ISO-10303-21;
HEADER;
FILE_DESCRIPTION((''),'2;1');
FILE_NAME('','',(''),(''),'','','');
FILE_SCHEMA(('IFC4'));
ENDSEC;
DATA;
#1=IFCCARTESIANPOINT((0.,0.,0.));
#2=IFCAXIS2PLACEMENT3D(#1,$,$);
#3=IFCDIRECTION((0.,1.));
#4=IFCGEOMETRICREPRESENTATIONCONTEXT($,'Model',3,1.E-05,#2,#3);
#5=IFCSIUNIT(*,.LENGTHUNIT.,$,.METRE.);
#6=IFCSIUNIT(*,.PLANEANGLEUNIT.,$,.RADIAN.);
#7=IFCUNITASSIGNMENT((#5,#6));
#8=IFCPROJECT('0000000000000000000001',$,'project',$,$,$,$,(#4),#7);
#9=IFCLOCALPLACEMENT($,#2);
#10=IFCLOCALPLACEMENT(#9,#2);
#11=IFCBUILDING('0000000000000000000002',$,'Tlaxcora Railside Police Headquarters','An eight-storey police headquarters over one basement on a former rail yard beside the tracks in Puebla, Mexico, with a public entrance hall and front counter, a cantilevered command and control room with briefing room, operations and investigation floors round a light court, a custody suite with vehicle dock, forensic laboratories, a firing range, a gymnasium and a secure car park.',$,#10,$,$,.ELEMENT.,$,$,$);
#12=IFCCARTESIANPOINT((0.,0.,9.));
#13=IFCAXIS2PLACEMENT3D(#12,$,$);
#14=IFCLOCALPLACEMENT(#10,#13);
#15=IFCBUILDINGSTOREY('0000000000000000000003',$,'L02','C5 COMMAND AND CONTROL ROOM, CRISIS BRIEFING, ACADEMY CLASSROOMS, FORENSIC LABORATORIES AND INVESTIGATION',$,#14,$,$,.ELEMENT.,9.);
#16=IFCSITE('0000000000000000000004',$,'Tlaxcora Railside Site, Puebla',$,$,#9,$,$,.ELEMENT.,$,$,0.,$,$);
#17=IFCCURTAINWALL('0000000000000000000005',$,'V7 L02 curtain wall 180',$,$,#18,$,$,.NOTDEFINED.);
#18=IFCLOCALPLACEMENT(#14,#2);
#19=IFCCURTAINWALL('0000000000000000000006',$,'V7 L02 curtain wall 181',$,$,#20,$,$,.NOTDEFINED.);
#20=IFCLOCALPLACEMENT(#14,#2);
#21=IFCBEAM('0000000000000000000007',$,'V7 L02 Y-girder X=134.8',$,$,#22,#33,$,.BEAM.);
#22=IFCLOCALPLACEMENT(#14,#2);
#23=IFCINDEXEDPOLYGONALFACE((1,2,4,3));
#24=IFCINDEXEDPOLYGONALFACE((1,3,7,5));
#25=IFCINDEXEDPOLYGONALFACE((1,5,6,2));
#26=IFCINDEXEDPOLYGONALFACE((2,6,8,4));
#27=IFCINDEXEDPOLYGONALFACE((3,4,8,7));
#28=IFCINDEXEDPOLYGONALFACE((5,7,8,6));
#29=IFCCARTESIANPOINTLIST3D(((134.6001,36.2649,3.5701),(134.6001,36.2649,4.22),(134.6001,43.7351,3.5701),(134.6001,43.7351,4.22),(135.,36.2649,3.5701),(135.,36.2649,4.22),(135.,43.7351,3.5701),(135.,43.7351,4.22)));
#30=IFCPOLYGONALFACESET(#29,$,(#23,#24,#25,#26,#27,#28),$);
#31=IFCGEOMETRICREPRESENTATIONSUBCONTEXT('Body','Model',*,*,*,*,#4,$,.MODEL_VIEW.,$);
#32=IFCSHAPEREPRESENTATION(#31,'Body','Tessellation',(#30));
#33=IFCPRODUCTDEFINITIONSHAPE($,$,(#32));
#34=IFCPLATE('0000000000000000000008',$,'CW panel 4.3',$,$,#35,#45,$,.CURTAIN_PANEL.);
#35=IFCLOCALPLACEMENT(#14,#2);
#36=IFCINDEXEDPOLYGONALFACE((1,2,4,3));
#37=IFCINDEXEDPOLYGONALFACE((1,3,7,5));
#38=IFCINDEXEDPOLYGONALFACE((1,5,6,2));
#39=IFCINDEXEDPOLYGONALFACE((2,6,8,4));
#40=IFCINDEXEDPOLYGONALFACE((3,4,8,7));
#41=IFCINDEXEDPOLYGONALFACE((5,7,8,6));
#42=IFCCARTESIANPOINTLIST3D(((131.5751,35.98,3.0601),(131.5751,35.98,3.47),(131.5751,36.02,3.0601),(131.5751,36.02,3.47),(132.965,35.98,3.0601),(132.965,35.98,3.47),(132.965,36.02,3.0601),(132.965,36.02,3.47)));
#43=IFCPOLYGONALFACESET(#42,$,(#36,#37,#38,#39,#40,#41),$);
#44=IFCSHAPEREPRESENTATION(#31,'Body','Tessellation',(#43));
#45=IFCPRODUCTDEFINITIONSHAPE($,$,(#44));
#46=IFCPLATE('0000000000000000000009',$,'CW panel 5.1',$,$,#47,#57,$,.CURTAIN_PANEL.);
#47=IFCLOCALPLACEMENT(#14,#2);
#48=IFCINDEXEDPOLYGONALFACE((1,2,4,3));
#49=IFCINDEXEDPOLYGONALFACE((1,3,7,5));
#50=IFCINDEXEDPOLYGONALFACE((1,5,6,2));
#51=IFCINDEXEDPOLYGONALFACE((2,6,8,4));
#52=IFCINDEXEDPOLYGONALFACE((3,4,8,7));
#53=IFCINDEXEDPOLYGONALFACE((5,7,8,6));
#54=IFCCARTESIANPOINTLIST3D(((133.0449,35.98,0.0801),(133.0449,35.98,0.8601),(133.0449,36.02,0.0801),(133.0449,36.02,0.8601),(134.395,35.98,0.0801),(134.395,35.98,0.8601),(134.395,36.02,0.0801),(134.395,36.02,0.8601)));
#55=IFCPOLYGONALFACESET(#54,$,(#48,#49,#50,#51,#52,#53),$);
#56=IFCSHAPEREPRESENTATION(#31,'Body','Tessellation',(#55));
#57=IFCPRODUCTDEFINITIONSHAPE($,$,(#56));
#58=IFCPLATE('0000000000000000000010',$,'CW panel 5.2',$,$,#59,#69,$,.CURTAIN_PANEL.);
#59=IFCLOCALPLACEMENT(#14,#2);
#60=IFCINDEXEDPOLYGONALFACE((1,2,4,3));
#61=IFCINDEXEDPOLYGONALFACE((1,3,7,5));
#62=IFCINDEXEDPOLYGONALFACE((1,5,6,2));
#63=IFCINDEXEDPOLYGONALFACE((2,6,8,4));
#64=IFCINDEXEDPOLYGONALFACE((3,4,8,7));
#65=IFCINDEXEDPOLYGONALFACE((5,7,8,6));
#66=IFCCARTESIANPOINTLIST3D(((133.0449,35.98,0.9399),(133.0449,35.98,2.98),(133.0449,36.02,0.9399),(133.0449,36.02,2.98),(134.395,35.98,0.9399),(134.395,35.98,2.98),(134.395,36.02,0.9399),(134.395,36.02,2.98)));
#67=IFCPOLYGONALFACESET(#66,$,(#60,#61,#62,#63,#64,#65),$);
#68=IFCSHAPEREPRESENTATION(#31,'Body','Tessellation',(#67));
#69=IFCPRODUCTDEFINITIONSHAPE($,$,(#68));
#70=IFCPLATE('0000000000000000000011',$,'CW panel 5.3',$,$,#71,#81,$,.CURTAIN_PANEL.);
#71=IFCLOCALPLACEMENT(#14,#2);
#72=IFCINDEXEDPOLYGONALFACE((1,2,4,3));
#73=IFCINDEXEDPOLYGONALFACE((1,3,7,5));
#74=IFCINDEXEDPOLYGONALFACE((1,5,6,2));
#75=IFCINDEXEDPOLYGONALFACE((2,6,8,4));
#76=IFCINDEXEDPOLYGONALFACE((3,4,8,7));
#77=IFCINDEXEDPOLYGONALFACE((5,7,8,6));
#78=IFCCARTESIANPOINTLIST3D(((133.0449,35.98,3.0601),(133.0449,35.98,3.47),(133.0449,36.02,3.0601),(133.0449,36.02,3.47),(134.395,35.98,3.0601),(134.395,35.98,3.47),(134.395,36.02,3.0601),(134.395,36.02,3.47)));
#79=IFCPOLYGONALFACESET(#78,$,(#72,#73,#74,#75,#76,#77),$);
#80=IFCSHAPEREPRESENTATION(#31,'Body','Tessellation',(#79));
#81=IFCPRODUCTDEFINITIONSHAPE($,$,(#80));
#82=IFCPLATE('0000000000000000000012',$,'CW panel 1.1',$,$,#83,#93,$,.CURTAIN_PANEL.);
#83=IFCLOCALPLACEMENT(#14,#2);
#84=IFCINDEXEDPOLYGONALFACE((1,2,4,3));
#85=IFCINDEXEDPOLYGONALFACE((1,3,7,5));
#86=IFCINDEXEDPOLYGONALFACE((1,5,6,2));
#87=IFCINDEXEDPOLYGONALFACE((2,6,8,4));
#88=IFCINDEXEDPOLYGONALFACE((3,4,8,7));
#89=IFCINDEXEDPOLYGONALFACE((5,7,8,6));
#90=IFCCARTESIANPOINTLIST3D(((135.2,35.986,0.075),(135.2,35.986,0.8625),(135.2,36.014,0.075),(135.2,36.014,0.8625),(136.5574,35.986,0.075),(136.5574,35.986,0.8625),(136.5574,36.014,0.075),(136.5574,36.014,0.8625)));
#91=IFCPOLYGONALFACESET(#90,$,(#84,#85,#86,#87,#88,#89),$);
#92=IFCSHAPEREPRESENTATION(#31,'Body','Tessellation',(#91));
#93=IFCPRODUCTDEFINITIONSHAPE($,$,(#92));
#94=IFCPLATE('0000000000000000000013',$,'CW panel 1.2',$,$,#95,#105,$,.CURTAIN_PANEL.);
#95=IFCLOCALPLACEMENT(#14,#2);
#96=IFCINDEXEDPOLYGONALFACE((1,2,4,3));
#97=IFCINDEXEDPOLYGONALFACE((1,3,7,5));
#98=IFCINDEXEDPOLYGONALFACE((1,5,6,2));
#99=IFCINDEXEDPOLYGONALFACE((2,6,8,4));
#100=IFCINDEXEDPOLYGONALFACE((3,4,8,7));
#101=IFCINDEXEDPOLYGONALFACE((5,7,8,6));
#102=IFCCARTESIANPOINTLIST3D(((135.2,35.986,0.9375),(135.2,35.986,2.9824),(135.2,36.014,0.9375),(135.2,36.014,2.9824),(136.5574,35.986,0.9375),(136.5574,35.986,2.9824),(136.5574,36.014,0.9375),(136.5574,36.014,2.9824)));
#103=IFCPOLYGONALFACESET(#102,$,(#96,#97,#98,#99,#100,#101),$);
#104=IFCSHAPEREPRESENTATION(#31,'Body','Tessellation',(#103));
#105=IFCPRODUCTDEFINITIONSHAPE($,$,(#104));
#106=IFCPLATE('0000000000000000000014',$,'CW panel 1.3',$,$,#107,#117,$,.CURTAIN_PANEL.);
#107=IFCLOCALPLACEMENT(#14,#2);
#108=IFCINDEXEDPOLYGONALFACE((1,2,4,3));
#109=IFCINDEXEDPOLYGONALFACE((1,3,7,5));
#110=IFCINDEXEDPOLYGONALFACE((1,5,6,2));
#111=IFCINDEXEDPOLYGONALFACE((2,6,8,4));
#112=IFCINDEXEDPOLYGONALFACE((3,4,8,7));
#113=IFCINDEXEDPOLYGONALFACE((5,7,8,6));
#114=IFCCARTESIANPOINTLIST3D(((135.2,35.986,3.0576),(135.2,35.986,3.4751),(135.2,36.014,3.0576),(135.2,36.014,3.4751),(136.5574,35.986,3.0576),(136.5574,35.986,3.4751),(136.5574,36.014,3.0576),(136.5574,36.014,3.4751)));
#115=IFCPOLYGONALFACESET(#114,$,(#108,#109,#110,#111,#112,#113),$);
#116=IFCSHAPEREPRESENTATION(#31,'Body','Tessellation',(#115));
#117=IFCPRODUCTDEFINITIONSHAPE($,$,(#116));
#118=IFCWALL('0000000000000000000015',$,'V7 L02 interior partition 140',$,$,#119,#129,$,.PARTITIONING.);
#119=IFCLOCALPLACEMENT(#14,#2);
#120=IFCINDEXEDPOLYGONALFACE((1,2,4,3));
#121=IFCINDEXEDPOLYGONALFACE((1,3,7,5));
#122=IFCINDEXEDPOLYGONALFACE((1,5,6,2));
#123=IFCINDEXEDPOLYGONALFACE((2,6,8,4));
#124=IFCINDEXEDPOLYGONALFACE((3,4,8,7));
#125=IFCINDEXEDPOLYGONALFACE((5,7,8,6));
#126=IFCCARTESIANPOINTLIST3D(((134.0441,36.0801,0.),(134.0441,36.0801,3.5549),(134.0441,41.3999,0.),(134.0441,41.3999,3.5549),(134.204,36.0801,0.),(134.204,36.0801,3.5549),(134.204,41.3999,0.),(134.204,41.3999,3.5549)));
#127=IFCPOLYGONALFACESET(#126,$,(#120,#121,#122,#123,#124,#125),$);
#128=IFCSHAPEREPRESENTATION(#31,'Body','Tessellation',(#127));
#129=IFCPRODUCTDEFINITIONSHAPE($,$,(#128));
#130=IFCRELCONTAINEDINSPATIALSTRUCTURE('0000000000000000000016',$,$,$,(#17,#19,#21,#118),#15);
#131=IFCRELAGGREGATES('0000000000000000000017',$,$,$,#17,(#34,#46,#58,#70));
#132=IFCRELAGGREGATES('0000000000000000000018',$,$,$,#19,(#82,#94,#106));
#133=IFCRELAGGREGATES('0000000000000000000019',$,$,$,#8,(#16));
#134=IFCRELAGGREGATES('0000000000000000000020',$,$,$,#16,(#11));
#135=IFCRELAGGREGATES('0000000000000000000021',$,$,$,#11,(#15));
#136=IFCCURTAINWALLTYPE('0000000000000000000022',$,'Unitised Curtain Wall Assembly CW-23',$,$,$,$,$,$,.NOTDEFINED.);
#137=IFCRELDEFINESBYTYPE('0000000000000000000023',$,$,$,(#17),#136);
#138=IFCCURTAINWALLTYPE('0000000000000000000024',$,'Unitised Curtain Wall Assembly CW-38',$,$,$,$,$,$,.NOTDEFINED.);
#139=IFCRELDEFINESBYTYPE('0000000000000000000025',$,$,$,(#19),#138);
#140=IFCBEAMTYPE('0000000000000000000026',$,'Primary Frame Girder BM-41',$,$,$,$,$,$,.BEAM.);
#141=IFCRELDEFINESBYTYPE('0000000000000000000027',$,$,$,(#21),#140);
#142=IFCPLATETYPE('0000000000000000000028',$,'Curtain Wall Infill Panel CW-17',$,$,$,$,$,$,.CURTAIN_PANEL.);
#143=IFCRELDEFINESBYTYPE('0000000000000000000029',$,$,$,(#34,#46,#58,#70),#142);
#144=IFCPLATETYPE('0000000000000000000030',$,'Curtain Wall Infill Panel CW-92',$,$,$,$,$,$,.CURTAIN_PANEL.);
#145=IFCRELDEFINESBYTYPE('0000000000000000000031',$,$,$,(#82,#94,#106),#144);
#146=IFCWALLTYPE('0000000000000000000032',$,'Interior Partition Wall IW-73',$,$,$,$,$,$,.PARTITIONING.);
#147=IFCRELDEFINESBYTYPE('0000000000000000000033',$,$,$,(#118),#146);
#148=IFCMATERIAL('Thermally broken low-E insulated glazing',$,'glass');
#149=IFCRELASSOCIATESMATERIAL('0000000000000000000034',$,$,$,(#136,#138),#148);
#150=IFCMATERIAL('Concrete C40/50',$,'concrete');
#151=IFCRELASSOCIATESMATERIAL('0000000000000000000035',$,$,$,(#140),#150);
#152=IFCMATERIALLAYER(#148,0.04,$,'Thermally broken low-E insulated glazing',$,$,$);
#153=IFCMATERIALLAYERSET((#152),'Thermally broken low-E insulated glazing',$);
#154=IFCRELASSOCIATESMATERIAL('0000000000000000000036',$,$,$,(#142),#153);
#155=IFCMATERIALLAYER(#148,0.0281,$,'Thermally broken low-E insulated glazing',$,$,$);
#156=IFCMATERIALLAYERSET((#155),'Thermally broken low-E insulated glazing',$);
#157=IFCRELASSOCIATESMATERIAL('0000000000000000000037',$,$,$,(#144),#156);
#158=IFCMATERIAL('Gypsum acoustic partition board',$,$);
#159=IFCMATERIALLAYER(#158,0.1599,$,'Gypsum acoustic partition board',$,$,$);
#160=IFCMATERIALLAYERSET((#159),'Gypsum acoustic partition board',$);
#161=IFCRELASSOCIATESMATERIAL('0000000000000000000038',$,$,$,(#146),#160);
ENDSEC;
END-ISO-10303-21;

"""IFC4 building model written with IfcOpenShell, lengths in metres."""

from ifc_helpers import new_model, si_unit, direction, frame, frame_2d, origin, origin_2d, place, context, subcontext, project, spatial, rectangle, extrude, material, layer, layer_set, material_profile, profile_set, type_object, element, aggregate, save


model = new_model("IFC4")

# Units and contexts
model_context = context("Model", 3, precision=1e-05, world=origin(), true_north=direction((0.0, 1.0)))
body_context = subcontext(model_context, "Body", "Model", "MODEL_VIEW")
ifc_project = project(units=[si_unit("LENGTHUNIT", "METRE"), si_unit("PLANEANGLEUNIT", "RADIAN")], contexts=[model_context])

# Site, building, storey
site_placement = place(None, origin())
site = spatial("IfcSite", under=ifc_project, at=site_placement, Name="Tlaxcora Railside Site, Puebla", CompositionType="ELEMENT", RefElevation=0.0)
building_placement = place(site_placement, origin())
building = spatial("IfcBuilding", under=site, at=building_placement, Name="Tlaxcora Railside Police Headquarters", Description="An eight-storey police headquarters over one basement on a former rail yard beside the tracks in Puebla, Mexico, with a public entrance hall and front counter, a cantilevered command and control room with briefing room, operations and investigation floors round a light court, a custody suite with vehicle dock, forensic laboratories, a firing range, a gymnasium and a secure car park.", CompositionType="ELEMENT")
storey_placement = place(building_placement, frame((0.0, 0.0, 9.0)))
storey = spatial("IfcBuildingStorey", under=building, at=storey_placement, Name="L02", Description="C5 COMMAND AND CONTROL ROOM, CRISIS BRIEFING, ACADEMY CLASSROOMS, FORENSIC LABORATORIES AND INVESTIGATION", CompositionType="ELEMENT", Elevation=9.0)

# Shared definitions
ifc_material_1 = material(Name="Concrete C40/50", Category="concrete")

# Curtain walls
ifc_material_2 = material(Name="Thermally broken low-E insulated glazing", Category="glass")
curtain_wall_type_1 = type_object("IfcCurtainWallType", Name="Unitised Curtain Wall Assembly CW-23", PredefinedType="NOTDEFINED", material=ifc_material_2)
curtain_wall_1_placement = place(storey_placement, origin())
curtain_wall_1 = element("IfcCurtainWall", 1, at=curtain_wall_1_placement, inside=storey, type_object=curtain_wall_type_1, Name="V7 L02 curtain wall 180", PredefinedType="NOTDEFINED")
curtain_wall_type_2 = type_object("IfcCurtainWallType", Name="Unitised Curtain Wall Assembly CW-38", PredefinedType="NOTDEFINED", material=ifc_material_2)
curtain_wall_2_placement = place(storey_placement, origin())
curtain_wall_2 = element("IfcCurtainWall", 2, at=curtain_wall_2_placement, inside=storey, type_object=curtain_wall_type_2, Name="V7 L02 curtain wall 181", PredefinedType="NOTDEFINED")

# Beam
ifc_material_profile_1 = material_profile(ifc_material_1, rectangle(XDim=0.3999, YDim=0.6499, at=origin_2d()), Name="RC400X650")
ifc_profile_set_1 = profile_set([ifc_material_profile_1], Name="Concrete C40/50")
beam_type_1 = type_object("IfcBeamType", Name="Primary Frame Girder BM-41", PredefinedType="BEAM", material=ifc_profile_set_1)
beam_1_placement = place(storey_placement, frame((134.8, 36.2649, 3.895), z_axis=(0.0, 1.0, 0.0), x_axis=(-1.0, 0.0, 0.0)))
element("IfcBeam", 3, at=beam_1_placement, inside=storey, type_object=beam_type_1, Name="V7 L02 Y-girder X=134.8", PredefinedType="BEAM", context=body_context, shape_type="SweptSolid", body=[
    extrude(rectangle(XDim=0.3999, YDim=0.6499, at=origin_2d()), origin(), (0.0, 0.0, 1.0), 7.4702),
])

# Plates
ifc_layer_1 = layer(ifc_material_2, 0.04, Name="Thermally broken low-E insulated glazing")
ifc_layer_set_1 = layer_set([ifc_layer_1], Name="Thermally broken low-E insulated glazing")
plate_type_1 = type_object("IfcPlateType", Name="Curtain Wall Infill Panel CW-17", PredefinedType="CURTAIN_PANEL", material=ifc_layer_set_1)
plate_1_placement = place(storey_placement, frame((132.27, 36.0, 3.0601), z_axis=(0.0, 0.0, 1.0), x_axis=(1.0, 0.0, 0.0)))
plate_1 = element("IfcPlate", 4, at=plate_1_placement, type_object=plate_type_1, Name="CW panel 4.3", PredefinedType="CURTAIN_PANEL", context=body_context, shape_type="SweptSolid", body=[
    extrude(rectangle(XDim=1.3899, YDim=0.04, at=origin_2d()), origin(), (0.0, 0.0, 1.0), 0.4099),
])
plate_2_placement = place(storey_placement, frame((133.72, 36.0, 0.0801), z_axis=(0.0, 0.0, 1.0), x_axis=(1.0, 0.0, 0.0)))
plate_2 = element("IfcPlate", 5, at=plate_2_placement, type_object=plate_type_1, Name="CW panel 5.1", PredefinedType="CURTAIN_PANEL", context=body_context, shape_type="SweptSolid", body=[
    extrude(rectangle(XDim=1.3501, YDim=0.04, at=origin_2d()), origin(), (0.0, 0.0, 1.0), 0.78),
])
plate_3_placement = place(storey_placement, frame((133.72, 36.0, 0.9399), z_axis=(0.0, 0.0, 1.0), x_axis=(1.0, 0.0, 0.0)))
plate_3 = element("IfcPlate", 6, at=plate_3_placement, type_object=plate_type_1, Name="CW panel 5.2", PredefinedType="CURTAIN_PANEL", context=body_context, shape_type="SweptSolid", body=[
    extrude(rectangle(XDim=1.3501, YDim=0.04, at=origin_2d()), origin(), (0.0, 0.0, 1.0), 2.04),
])
plate_4_placement = place(storey_placement, frame((133.72, 36.0, 3.0601), z_axis=(0.0, 0.0, 1.0), x_axis=(1.0, 0.0, 0.0)))
plate_4 = element("IfcPlate", 7, at=plate_4_placement, type_object=plate_type_1, Name="CW panel 5.3", PredefinedType="CURTAIN_PANEL", context=body_context, shape_type="SweptSolid", body=[
    extrude(rectangle(XDim=1.3501, YDim=0.04, at=origin_2d()), origin(), (0.0, 0.0, 1.0), 0.4099),
])
aggregate(curtain_wall_1, [plate_1, plate_2, plate_3, plate_4])
ifc_layer_2 = layer(ifc_material_2, 0.0281, Name="Thermally broken low-E insulated glazing")
ifc_layer_set_2 = layer_set([ifc_layer_2], Name="Thermally broken low-E insulated glazing")
plate_type_2 = type_object("IfcPlateType", Name="Curtain Wall Infill Panel CW-92", PredefinedType="CURTAIN_PANEL", material=ifc_layer_set_2)
plate_5_placement = place(storey_placement, frame((135.8787, 36.0, 0.075), z_axis=(0.0, 0.0, 1.0), x_axis=(1.0, 0.0, 0.0)))
plate_5 = element("IfcPlate", 8, at=plate_5_placement, type_object=plate_type_2, Name="CW panel 1.1", PredefinedType="CURTAIN_PANEL", context=body_context, shape_type="SweptSolid", body=[
    extrude(rectangle(XDim=1.3574, YDim=0.0281, at=origin_2d()), origin(), (0.0, 0.0, 1.0), 0.7876),
])
plate_6_placement = place(storey_placement, frame((135.8787, 36.0, 0.9375), z_axis=(0.0, 0.0, 1.0), x_axis=(1.0, 0.0, 0.0)))
plate_6 = element("IfcPlate", 9, at=plate_6_placement, type_object=plate_type_2, Name="CW panel 1.2", PredefinedType="CURTAIN_PANEL", context=body_context, shape_type="SweptSolid", body=[
    extrude(rectangle(XDim=1.3574, YDim=0.0281, at=origin_2d()), origin(), (0.0, 0.0, 1.0), 2.0449),
])
plate_7_placement = place(storey_placement, frame((135.8787, 36.0, 3.0576), z_axis=(0.0, 0.0, 1.0), x_axis=(1.0, 0.0, 0.0)))
plate_7 = element("IfcPlate", 10, at=plate_7_placement, type_object=plate_type_2, Name="CW panel 1.3", PredefinedType="CURTAIN_PANEL", context=body_context, shape_type="SweptSolid", body=[
    extrude(rectangle(XDim=1.3574, YDim=0.0281, at=origin_2d()), origin(), (0.0, 0.0, 1.0), 0.4175),
])
aggregate(curtain_wall_2, [plate_5, plate_6, plate_7])

# Wall
ifc_material_3 = material(Name="Gypsum acoustic partition board")
ifc_layer_3 = layer(ifc_material_3, 0.1599, Name="Gypsum acoustic partition board")
ifc_layer_set_3 = layer_set([ifc_layer_3], Name="Gypsum acoustic partition board")
wall_type = type_object("IfcWallType", Name="Interior Partition Wall IW-73", PredefinedType="PARTITIONING", material=ifc_layer_set_3)
wall_placement = place(storey_placement, frame((134.124, 36.0801, 0.0), z_axis=(0.0, 0.0, 1.0), x_axis=(0.0, 1.0, 0.0)))
element("IfcWall", 11, at=wall_placement, inside=storey, type_object=wall_type, Name="V7 L02 interior partition 140", PredefinedType="PARTITIONING", context=body_context, shape_type="SweptSolid", body=[
    extrude(rectangle(XDim=5.3198, YDim=0.1599, at=frame_2d((2.6599, 0.0))), origin(), (0.0, 0.0, 1.0), 3.5549),
])

save(model, "model.ifc")
